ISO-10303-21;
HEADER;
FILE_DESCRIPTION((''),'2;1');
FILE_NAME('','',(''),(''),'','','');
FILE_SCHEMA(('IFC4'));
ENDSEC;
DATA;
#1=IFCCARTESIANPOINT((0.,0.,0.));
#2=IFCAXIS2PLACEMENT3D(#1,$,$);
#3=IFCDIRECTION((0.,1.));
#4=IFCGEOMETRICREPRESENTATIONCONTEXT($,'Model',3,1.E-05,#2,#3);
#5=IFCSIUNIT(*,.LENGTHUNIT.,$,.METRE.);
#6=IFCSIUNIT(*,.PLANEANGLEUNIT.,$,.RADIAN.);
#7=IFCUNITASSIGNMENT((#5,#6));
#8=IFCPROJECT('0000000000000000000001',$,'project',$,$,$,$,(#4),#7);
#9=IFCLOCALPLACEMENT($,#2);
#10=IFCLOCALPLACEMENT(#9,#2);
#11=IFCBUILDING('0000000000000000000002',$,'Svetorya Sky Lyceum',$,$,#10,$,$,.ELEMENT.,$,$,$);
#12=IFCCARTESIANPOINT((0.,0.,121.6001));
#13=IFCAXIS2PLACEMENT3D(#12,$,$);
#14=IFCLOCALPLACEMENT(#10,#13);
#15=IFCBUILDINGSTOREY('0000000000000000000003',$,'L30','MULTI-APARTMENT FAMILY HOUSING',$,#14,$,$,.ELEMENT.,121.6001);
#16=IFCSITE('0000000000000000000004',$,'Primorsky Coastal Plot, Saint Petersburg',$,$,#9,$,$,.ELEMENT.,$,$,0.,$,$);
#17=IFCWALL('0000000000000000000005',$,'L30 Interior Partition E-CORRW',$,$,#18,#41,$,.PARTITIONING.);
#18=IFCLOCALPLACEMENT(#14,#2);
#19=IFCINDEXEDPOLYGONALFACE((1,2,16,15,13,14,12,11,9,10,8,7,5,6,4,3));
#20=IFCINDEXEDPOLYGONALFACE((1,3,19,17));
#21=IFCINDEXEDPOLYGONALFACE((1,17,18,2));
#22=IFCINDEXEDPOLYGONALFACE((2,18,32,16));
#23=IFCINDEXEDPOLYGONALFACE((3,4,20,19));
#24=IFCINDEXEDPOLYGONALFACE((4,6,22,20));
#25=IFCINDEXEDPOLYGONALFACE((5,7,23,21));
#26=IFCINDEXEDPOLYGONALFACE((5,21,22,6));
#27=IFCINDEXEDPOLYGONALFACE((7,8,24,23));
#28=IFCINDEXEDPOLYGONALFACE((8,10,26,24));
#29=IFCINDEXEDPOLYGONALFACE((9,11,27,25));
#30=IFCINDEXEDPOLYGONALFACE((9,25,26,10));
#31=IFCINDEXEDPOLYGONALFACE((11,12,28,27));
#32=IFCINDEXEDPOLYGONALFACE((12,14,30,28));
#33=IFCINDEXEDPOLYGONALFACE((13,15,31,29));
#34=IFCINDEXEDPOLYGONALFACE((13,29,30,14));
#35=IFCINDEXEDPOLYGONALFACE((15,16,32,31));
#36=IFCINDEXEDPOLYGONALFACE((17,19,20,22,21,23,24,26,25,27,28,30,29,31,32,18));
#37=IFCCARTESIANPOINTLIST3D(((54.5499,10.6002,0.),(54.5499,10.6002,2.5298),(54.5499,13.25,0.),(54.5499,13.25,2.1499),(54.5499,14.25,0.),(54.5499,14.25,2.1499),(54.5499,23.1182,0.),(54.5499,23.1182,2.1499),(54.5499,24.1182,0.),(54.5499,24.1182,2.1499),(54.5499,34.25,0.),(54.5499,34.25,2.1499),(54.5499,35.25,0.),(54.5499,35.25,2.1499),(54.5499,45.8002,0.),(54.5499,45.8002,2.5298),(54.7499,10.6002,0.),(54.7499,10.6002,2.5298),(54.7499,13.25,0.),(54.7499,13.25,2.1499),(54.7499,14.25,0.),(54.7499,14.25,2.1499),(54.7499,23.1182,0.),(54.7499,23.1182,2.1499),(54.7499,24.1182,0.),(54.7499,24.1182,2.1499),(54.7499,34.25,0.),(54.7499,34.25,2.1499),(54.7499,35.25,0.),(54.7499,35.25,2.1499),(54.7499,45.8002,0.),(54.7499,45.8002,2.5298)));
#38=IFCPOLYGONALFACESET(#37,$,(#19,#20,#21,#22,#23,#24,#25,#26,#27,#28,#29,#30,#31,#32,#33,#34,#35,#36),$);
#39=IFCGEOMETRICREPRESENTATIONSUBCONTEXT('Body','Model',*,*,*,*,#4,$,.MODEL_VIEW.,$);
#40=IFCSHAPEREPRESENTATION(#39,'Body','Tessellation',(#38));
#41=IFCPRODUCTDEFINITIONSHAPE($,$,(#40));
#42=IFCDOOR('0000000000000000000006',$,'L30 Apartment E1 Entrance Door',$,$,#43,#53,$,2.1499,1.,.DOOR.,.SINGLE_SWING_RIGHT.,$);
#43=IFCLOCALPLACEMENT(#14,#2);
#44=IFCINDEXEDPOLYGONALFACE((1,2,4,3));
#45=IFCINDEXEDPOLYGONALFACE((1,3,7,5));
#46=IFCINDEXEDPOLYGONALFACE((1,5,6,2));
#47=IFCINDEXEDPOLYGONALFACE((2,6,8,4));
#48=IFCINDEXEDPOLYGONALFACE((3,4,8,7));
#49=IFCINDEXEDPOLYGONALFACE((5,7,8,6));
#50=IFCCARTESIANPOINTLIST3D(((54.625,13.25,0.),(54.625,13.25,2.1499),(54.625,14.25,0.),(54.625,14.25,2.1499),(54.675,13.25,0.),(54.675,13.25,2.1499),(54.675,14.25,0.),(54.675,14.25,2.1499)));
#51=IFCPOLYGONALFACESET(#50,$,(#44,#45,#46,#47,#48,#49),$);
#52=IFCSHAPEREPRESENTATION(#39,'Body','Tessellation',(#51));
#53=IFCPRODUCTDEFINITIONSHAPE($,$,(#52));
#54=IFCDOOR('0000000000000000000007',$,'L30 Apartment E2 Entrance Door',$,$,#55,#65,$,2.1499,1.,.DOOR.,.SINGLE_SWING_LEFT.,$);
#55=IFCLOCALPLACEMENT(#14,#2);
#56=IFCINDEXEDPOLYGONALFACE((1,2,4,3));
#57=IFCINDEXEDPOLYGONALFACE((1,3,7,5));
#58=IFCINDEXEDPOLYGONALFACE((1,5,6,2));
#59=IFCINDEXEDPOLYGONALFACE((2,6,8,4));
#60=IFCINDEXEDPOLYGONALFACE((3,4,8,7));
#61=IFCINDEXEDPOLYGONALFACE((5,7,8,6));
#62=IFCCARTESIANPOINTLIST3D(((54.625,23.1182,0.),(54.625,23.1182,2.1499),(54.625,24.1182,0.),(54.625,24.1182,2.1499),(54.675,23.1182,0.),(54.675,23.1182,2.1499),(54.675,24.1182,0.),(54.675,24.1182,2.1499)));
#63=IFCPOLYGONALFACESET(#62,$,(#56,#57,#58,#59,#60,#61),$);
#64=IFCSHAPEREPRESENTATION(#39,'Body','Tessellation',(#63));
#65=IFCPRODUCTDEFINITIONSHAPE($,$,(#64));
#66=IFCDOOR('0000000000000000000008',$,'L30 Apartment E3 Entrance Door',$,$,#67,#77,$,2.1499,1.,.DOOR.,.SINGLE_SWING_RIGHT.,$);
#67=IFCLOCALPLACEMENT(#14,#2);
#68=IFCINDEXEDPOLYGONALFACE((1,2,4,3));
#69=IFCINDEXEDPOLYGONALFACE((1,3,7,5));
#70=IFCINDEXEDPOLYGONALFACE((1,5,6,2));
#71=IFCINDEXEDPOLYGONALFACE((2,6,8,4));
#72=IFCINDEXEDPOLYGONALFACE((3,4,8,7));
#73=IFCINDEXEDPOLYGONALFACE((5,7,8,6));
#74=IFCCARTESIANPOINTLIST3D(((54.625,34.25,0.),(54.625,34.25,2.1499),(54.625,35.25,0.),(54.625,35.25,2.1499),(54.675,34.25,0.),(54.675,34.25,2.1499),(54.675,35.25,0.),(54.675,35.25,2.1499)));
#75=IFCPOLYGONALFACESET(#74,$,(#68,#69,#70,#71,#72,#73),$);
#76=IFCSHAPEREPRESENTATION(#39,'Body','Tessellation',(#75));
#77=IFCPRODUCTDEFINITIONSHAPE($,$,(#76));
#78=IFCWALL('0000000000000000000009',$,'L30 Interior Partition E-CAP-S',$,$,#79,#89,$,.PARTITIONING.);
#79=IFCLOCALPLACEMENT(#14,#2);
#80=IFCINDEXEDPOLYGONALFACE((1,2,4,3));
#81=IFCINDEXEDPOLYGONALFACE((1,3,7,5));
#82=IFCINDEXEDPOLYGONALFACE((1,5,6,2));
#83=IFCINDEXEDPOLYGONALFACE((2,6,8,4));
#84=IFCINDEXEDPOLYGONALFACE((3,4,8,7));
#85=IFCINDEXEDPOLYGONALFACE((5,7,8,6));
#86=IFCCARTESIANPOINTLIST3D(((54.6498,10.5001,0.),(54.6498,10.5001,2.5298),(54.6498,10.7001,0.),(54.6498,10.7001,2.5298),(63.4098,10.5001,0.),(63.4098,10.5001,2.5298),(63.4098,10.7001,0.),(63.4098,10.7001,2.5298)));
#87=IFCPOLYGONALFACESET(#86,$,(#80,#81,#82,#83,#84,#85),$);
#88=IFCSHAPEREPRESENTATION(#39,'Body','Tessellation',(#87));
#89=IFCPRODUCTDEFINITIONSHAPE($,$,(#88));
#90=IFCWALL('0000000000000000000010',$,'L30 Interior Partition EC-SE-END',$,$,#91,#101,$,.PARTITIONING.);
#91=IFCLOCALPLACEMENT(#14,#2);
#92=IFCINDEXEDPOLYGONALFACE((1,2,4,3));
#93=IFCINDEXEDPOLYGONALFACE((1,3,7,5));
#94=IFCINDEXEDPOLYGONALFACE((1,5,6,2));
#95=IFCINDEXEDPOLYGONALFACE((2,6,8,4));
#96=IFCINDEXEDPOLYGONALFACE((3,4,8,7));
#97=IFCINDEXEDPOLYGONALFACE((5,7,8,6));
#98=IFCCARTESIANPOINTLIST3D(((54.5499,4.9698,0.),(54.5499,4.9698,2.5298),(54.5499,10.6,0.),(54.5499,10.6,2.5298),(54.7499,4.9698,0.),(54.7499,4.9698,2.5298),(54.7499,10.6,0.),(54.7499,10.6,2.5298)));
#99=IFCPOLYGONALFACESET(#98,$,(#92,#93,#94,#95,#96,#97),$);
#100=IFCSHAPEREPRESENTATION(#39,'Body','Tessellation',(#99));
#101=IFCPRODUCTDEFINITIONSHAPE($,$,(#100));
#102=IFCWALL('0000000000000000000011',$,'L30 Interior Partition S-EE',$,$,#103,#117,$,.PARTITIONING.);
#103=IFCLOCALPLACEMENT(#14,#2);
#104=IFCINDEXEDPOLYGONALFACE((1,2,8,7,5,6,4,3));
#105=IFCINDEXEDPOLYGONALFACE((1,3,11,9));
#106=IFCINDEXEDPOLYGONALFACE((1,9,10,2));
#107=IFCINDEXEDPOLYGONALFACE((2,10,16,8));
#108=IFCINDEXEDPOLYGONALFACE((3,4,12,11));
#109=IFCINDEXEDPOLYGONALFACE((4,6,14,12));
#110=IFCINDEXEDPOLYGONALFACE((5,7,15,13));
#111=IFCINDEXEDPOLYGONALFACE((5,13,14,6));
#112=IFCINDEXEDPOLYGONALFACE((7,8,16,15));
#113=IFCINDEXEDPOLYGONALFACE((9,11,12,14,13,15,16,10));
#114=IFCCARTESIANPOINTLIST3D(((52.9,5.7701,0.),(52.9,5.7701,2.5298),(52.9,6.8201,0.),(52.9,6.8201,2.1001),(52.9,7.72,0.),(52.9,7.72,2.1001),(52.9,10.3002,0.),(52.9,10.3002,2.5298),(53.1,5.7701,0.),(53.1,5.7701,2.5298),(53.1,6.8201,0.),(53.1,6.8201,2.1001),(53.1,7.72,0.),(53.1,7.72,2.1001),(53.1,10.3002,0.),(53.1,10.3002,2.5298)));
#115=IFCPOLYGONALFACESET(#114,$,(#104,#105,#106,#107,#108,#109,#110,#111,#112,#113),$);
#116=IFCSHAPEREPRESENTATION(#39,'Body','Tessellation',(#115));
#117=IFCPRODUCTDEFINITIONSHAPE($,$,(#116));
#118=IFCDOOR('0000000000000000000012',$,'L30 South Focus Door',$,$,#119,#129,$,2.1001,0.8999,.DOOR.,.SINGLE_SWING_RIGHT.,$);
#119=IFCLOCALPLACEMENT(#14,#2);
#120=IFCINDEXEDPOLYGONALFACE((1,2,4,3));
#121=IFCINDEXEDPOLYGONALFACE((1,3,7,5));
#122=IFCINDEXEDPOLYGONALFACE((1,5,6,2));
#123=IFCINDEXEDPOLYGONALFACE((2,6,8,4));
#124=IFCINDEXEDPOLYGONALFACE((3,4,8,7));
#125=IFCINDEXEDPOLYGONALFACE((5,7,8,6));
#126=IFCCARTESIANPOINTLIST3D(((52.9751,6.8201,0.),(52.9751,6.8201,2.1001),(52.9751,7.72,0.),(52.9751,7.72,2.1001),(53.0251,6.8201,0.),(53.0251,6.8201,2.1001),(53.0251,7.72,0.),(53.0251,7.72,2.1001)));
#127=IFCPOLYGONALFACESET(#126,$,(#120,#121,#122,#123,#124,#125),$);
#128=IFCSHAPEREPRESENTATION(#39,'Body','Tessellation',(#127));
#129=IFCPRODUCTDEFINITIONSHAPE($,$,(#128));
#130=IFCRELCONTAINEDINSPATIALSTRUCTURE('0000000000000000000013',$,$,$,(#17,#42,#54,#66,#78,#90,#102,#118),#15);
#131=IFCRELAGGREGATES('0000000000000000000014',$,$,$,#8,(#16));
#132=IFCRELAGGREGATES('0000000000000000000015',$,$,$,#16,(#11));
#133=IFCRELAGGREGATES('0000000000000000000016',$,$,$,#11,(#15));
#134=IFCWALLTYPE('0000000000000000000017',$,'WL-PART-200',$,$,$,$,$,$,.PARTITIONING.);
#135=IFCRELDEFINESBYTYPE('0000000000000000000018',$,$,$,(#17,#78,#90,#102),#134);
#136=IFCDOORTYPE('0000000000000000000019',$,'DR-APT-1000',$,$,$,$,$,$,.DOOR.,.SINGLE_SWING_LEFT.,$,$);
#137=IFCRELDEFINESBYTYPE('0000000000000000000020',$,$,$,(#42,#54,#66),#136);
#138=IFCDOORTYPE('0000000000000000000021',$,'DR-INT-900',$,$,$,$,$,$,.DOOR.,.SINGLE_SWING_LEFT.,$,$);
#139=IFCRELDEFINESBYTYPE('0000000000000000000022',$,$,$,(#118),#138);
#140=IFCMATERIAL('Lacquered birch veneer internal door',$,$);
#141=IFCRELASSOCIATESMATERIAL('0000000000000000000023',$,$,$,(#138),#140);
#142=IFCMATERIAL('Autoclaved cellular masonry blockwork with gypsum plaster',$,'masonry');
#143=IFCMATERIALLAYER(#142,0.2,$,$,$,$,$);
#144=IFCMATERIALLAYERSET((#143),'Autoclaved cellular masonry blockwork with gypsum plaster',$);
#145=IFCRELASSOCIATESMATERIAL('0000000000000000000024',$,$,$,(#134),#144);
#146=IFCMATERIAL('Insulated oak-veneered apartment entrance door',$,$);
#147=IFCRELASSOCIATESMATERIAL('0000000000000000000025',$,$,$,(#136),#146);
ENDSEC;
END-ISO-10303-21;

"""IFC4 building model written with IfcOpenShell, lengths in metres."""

from ifc_helpers import new_model, si_unit, direction, frame, frame_2d, origin, place, context, subcontext, project, spatial, rectangle, extrude, material, layer, layer_set, type_object, element, fill, save


model = new_model("IFC4")

# Units and contexts
model_context = context("Model", 3, precision=1e-05, world=origin(), true_north=direction((0.0, 1.0)))
body_context = subcontext(model_context, "Body", "Model", "MODEL_VIEW")
ifc_project = project(units=[si_unit("LENGTHUNIT", "METRE"), si_unit("PLANEANGLEUNIT", "RADIAN")], contexts=[model_context])

# Site, building, storey
site_placement = place(None, origin())
site = spatial("IfcSite", under=ifc_project, at=site_placement, Name="Primorsky Coastal Plot, Saint Petersburg", CompositionType="ELEMENT", RefElevation=0.0)
building_placement = place(site_placement, origin())
building = spatial("IfcBuilding", under=site, at=building_placement, Name="Svetorya Sky Lyceum", CompositionType="ELEMENT")
storey_placement = place(building_placement, frame((0.0, 0.0, 121.6001)))
storey = spatial("IfcBuildingStorey", under=building, at=storey_placement, Name="L30", Description="MULTI-APARTMENT FAMILY HOUSING", CompositionType="ELEMENT", Elevation=121.6001)

# Shared definitions
ifc_material_1 = material(Name="Lacquered birch veneer internal door")
door_type_1 = type_object("IfcDoorType", Name="DR-INT-900", OperationType="SINGLE_SWING_LEFT", PredefinedType="DOOR", material=ifc_material_1)

# Wall, openings, doors
ifc_material_2 = material(Name="Autoclaved cellular masonry blockwork with gypsum plaster", Category="masonry")
ifc_layer_1 = layer(ifc_material_2, 0.2)
ifc_layer_set_1 = layer_set([ifc_layer_1], Name="Autoclaved cellular masonry blockwork with gypsum plaster")
wall_type_1 = type_object("IfcWallType", Name="WL-PART-200", PredefinedType="PARTITIONING", material=ifc_layer_set_1)
wall_1_placement = place(storey_placement, frame((54.6499, 10.6001, 0.0), z_axis=(0.0, 0.0, 1.0), x_axis=(0.0, 1.0, 0.0)))
wall_1 = element("IfcWall", 1, at=wall_1_placement, inside=storey, type_object=wall_type_1, Name="L30 Interior Partition E-CORRW", PredefinedType="PARTITIONING", context=body_context, shape_type="SweptSolid", body=[
    extrude(rectangle(XDim=35.2, YDim=0.2, at=frame_2d((17.6001, 0.0))), origin(), (0.0, 0.0, 1.0), 2.5298),
])
opening_1_placement = place(wall_1_placement, frame((2.6499, 0.0, 0.0)))
opening_1 = element("IfcOpeningElement", 2, at=opening_1_placement, cuts=wall_1, PredefinedType="OPENING", context=body_context, shape_type="SweptSolid", body=[
    extrude(rectangle(XDim=1.0, YDim=2.1499, at=frame_2d((0.5, 1.075))), frame((0.0, 0.1099, 0.0), z_axis=(0.0, -1.0, 0.0), x_axis=(1.0, 0.0, 0.0)), (0.0, 0.0, 1.0), 0.22),
])
opening_2_placement = place(wall_1_placement, frame((12.5181, 0.0, 0.0)))
opening_2 = element("IfcOpeningElement", 3, at=opening_2_placement, cuts=wall_1, PredefinedType="OPENING", context=body_context, shape_type="SweptSolid", body=[
    extrude(rectangle(XDim=1.0, YDim=2.1499, at=frame_2d((0.5, 1.075))), frame((0.0, 0.1099, 0.0), z_axis=(0.0, -1.0, 0.0), x_axis=(1.0, 0.0, 0.0)), (0.0, 0.0, 1.0), 0.22),
])
opening_3_placement = place(wall_1_placement, frame((23.6499, 0.0, 0.0)))
opening_3 = element("IfcOpeningElement", 4, at=opening_3_placement, cuts=wall_1, PredefinedType="OPENING", context=body_context, shape_type="SweptSolid", body=[
    extrude(rectangle(XDim=1.0, YDim=2.1499, at=frame_2d((0.5, 1.075))), frame((0.0, 0.1099, 0.0), z_axis=(0.0, -1.0, 0.0), x_axis=(1.0, 0.0, 0.0)), (0.0, 0.0, 1.0), 0.22),
])
ifc_material_3 = material(Name="Insulated oak-veneered apartment entrance door")
door_type_2 = type_object("IfcDoorType", Name="DR-APT-1000", OperationType="SINGLE_SWING_LEFT", PredefinedType="DOOR", material=ifc_material_3)
door_1_placement = place(opening_1_placement, origin())
door_1 = element("IfcDoor", 5, at=door_1_placement, inside=storey, type_object=door_type_2, Name="L30 Apartment E1 Entrance Door", OperationType="SINGLE_SWING_RIGHT", OverallHeight=2.1499, OverallWidth=1.0, PredefinedType="DOOR", context=body_context, shape_type="SweptSolid", body=[
    extrude(rectangle(XDim=1.0, YDim=2.1499, at=frame_2d((0.5, 1.075))), frame((0.0, 0.0249, 0.0), z_axis=(0.0, -1.0, 0.0), x_axis=(1.0, 0.0, 0.0)), (0.0, 0.0, 1.0), 0.05),
])
fill(opening_1, door_1)
door_2_placement = place(opening_2_placement, origin())
door_2 = element("IfcDoor", 6, at=door_2_placement, inside=storey, type_object=door_type_2, Name="L30 Apartment E2 Entrance Door", OperationType="SINGLE_SWING_LEFT", OverallHeight=2.1499, OverallWidth=1.0, PredefinedType="DOOR", context=body_context, shape_type="SweptSolid", body=[
    extrude(rectangle(XDim=1.0, YDim=2.1499, at=frame_2d((0.5, 1.075))), frame((0.0, 0.0249, 0.0), z_axis=(0.0, -1.0, 0.0), x_axis=(1.0, 0.0, 0.0)), (0.0, 0.0, 1.0), 0.05),
])
fill(opening_2, door_2)
door_3_placement = place(opening_3_placement, origin())
door_3 = element("IfcDoor", 7, at=door_3_placement, inside=storey, type_object=door_type_2, Name="L30 Apartment E3 Entrance Door", OperationType="SINGLE_SWING_RIGHT", OverallHeight=2.1499, OverallWidth=1.0, PredefinedType="DOOR", context=body_context, shape_type="SweptSolid", body=[
    extrude(rectangle(XDim=1.0, YDim=2.1499, at=frame_2d((0.5, 1.075))), frame((0.0, 0.0249, 0.0), z_axis=(0.0, -1.0, 0.0), x_axis=(1.0, 0.0, 0.0)), (0.0, 0.0, 1.0), 0.05),
])
fill(opening_3, door_3)

# Walls
wall_2_placement = place(storey_placement, frame((54.6499, 10.6001, 0.0), z_axis=(0.0, 0.0, 1.0), x_axis=(1.0, 0.0, 0.0)))
element("IfcWall", 8, at=wall_2_placement, inside=storey, type_object=wall_type_1, Name="L30 Interior Partition E-CAP-S", PredefinedType="PARTITIONING", context=body_context, shape_type="SweptSolid", body=[
    extrude(rectangle(XDim=8.76, YDim=0.2, at=frame_2d((4.3799, 0.0))), origin(), (0.0, 0.0, 1.0), 2.5298),
])
wall_3_placement = place(storey_placement, frame((54.6499, 4.97, 0.0), z_axis=(0.0, 0.0, 1.0), x_axis=(0.0, 1.0, 0.0)))
element("IfcWall", 9, at=wall_3_placement, inside=storey, type_object=wall_type_1, Name="L30 Interior Partition EC-SE-END", PredefinedType="PARTITIONING", context=body_context, shape_type="SweptSolid", body=[
    extrude(rectangle(XDim=5.6301, YDim=0.2, at=frame_2d((2.8149, 0.0))), origin(), (0.0, 0.0, 1.0), 2.5298),
])

# Wall, opening, door
wall_4_placement = place(storey_placement, frame((53.0, 5.77, 0.0), z_axis=(0.0, 0.0, 1.0), x_axis=(0.0, 1.0, 0.0)))
wall_4 = element("IfcWall", 10, at=wall_4_placement, inside=storey, type_object=wall_type_1, Name="L30 Interior Partition S-EE", PredefinedType="PARTITIONING", context=body_context, shape_type="SweptSolid", body=[
    extrude(rectangle(XDim=4.53, YDim=0.2, at=frame_2d((2.2651, 0.0))), origin(), (0.0, 0.0, 1.0), 2.5298),
])
opening_4_placement = place(wall_4_placement, frame((1.05, 0.0, 0.0)))
opening_4 = element("IfcOpeningElement", 11, at=opening_4_placement, cuts=wall_4, PredefinedType="OPENING", context=body_context, shape_type="SweptSolid", body=[
    extrude(rectangle(XDim=0.8999, YDim=2.1001, at=frame_2d((0.45, 1.05))), frame((0.0, 0.1099, 0.0), z_axis=(0.0, -1.0, 0.0), x_axis=(1.0, 0.0, 0.0)), (0.0, 0.0, 1.0), 0.22),
])
door_4_placement = place(opening_4_placement, origin())
door_4 = element("IfcDoor", 12, at=door_4_placement, inside=storey, type_object=door_type_1, Name="L30 South Focus Door", OperationType="SINGLE_SWING_RIGHT", OverallHeight=2.1001, OverallWidth=0.8999, PredefinedType="DOOR", context=body_context, shape_type="SweptSolid", body=[
    extrude(rectangle(XDim=0.8999, YDim=2.1001, at=frame_2d((0.45, 1.05))), frame((0.0, 0.0249, 0.0), z_axis=(0.0, -1.0, 0.0), x_axis=(1.0, 0.0, 0.0)), (0.0, 0.0, 1.0), 0.05),
])
fill(opening_4, door_4)

save(model, "model.ifc")
